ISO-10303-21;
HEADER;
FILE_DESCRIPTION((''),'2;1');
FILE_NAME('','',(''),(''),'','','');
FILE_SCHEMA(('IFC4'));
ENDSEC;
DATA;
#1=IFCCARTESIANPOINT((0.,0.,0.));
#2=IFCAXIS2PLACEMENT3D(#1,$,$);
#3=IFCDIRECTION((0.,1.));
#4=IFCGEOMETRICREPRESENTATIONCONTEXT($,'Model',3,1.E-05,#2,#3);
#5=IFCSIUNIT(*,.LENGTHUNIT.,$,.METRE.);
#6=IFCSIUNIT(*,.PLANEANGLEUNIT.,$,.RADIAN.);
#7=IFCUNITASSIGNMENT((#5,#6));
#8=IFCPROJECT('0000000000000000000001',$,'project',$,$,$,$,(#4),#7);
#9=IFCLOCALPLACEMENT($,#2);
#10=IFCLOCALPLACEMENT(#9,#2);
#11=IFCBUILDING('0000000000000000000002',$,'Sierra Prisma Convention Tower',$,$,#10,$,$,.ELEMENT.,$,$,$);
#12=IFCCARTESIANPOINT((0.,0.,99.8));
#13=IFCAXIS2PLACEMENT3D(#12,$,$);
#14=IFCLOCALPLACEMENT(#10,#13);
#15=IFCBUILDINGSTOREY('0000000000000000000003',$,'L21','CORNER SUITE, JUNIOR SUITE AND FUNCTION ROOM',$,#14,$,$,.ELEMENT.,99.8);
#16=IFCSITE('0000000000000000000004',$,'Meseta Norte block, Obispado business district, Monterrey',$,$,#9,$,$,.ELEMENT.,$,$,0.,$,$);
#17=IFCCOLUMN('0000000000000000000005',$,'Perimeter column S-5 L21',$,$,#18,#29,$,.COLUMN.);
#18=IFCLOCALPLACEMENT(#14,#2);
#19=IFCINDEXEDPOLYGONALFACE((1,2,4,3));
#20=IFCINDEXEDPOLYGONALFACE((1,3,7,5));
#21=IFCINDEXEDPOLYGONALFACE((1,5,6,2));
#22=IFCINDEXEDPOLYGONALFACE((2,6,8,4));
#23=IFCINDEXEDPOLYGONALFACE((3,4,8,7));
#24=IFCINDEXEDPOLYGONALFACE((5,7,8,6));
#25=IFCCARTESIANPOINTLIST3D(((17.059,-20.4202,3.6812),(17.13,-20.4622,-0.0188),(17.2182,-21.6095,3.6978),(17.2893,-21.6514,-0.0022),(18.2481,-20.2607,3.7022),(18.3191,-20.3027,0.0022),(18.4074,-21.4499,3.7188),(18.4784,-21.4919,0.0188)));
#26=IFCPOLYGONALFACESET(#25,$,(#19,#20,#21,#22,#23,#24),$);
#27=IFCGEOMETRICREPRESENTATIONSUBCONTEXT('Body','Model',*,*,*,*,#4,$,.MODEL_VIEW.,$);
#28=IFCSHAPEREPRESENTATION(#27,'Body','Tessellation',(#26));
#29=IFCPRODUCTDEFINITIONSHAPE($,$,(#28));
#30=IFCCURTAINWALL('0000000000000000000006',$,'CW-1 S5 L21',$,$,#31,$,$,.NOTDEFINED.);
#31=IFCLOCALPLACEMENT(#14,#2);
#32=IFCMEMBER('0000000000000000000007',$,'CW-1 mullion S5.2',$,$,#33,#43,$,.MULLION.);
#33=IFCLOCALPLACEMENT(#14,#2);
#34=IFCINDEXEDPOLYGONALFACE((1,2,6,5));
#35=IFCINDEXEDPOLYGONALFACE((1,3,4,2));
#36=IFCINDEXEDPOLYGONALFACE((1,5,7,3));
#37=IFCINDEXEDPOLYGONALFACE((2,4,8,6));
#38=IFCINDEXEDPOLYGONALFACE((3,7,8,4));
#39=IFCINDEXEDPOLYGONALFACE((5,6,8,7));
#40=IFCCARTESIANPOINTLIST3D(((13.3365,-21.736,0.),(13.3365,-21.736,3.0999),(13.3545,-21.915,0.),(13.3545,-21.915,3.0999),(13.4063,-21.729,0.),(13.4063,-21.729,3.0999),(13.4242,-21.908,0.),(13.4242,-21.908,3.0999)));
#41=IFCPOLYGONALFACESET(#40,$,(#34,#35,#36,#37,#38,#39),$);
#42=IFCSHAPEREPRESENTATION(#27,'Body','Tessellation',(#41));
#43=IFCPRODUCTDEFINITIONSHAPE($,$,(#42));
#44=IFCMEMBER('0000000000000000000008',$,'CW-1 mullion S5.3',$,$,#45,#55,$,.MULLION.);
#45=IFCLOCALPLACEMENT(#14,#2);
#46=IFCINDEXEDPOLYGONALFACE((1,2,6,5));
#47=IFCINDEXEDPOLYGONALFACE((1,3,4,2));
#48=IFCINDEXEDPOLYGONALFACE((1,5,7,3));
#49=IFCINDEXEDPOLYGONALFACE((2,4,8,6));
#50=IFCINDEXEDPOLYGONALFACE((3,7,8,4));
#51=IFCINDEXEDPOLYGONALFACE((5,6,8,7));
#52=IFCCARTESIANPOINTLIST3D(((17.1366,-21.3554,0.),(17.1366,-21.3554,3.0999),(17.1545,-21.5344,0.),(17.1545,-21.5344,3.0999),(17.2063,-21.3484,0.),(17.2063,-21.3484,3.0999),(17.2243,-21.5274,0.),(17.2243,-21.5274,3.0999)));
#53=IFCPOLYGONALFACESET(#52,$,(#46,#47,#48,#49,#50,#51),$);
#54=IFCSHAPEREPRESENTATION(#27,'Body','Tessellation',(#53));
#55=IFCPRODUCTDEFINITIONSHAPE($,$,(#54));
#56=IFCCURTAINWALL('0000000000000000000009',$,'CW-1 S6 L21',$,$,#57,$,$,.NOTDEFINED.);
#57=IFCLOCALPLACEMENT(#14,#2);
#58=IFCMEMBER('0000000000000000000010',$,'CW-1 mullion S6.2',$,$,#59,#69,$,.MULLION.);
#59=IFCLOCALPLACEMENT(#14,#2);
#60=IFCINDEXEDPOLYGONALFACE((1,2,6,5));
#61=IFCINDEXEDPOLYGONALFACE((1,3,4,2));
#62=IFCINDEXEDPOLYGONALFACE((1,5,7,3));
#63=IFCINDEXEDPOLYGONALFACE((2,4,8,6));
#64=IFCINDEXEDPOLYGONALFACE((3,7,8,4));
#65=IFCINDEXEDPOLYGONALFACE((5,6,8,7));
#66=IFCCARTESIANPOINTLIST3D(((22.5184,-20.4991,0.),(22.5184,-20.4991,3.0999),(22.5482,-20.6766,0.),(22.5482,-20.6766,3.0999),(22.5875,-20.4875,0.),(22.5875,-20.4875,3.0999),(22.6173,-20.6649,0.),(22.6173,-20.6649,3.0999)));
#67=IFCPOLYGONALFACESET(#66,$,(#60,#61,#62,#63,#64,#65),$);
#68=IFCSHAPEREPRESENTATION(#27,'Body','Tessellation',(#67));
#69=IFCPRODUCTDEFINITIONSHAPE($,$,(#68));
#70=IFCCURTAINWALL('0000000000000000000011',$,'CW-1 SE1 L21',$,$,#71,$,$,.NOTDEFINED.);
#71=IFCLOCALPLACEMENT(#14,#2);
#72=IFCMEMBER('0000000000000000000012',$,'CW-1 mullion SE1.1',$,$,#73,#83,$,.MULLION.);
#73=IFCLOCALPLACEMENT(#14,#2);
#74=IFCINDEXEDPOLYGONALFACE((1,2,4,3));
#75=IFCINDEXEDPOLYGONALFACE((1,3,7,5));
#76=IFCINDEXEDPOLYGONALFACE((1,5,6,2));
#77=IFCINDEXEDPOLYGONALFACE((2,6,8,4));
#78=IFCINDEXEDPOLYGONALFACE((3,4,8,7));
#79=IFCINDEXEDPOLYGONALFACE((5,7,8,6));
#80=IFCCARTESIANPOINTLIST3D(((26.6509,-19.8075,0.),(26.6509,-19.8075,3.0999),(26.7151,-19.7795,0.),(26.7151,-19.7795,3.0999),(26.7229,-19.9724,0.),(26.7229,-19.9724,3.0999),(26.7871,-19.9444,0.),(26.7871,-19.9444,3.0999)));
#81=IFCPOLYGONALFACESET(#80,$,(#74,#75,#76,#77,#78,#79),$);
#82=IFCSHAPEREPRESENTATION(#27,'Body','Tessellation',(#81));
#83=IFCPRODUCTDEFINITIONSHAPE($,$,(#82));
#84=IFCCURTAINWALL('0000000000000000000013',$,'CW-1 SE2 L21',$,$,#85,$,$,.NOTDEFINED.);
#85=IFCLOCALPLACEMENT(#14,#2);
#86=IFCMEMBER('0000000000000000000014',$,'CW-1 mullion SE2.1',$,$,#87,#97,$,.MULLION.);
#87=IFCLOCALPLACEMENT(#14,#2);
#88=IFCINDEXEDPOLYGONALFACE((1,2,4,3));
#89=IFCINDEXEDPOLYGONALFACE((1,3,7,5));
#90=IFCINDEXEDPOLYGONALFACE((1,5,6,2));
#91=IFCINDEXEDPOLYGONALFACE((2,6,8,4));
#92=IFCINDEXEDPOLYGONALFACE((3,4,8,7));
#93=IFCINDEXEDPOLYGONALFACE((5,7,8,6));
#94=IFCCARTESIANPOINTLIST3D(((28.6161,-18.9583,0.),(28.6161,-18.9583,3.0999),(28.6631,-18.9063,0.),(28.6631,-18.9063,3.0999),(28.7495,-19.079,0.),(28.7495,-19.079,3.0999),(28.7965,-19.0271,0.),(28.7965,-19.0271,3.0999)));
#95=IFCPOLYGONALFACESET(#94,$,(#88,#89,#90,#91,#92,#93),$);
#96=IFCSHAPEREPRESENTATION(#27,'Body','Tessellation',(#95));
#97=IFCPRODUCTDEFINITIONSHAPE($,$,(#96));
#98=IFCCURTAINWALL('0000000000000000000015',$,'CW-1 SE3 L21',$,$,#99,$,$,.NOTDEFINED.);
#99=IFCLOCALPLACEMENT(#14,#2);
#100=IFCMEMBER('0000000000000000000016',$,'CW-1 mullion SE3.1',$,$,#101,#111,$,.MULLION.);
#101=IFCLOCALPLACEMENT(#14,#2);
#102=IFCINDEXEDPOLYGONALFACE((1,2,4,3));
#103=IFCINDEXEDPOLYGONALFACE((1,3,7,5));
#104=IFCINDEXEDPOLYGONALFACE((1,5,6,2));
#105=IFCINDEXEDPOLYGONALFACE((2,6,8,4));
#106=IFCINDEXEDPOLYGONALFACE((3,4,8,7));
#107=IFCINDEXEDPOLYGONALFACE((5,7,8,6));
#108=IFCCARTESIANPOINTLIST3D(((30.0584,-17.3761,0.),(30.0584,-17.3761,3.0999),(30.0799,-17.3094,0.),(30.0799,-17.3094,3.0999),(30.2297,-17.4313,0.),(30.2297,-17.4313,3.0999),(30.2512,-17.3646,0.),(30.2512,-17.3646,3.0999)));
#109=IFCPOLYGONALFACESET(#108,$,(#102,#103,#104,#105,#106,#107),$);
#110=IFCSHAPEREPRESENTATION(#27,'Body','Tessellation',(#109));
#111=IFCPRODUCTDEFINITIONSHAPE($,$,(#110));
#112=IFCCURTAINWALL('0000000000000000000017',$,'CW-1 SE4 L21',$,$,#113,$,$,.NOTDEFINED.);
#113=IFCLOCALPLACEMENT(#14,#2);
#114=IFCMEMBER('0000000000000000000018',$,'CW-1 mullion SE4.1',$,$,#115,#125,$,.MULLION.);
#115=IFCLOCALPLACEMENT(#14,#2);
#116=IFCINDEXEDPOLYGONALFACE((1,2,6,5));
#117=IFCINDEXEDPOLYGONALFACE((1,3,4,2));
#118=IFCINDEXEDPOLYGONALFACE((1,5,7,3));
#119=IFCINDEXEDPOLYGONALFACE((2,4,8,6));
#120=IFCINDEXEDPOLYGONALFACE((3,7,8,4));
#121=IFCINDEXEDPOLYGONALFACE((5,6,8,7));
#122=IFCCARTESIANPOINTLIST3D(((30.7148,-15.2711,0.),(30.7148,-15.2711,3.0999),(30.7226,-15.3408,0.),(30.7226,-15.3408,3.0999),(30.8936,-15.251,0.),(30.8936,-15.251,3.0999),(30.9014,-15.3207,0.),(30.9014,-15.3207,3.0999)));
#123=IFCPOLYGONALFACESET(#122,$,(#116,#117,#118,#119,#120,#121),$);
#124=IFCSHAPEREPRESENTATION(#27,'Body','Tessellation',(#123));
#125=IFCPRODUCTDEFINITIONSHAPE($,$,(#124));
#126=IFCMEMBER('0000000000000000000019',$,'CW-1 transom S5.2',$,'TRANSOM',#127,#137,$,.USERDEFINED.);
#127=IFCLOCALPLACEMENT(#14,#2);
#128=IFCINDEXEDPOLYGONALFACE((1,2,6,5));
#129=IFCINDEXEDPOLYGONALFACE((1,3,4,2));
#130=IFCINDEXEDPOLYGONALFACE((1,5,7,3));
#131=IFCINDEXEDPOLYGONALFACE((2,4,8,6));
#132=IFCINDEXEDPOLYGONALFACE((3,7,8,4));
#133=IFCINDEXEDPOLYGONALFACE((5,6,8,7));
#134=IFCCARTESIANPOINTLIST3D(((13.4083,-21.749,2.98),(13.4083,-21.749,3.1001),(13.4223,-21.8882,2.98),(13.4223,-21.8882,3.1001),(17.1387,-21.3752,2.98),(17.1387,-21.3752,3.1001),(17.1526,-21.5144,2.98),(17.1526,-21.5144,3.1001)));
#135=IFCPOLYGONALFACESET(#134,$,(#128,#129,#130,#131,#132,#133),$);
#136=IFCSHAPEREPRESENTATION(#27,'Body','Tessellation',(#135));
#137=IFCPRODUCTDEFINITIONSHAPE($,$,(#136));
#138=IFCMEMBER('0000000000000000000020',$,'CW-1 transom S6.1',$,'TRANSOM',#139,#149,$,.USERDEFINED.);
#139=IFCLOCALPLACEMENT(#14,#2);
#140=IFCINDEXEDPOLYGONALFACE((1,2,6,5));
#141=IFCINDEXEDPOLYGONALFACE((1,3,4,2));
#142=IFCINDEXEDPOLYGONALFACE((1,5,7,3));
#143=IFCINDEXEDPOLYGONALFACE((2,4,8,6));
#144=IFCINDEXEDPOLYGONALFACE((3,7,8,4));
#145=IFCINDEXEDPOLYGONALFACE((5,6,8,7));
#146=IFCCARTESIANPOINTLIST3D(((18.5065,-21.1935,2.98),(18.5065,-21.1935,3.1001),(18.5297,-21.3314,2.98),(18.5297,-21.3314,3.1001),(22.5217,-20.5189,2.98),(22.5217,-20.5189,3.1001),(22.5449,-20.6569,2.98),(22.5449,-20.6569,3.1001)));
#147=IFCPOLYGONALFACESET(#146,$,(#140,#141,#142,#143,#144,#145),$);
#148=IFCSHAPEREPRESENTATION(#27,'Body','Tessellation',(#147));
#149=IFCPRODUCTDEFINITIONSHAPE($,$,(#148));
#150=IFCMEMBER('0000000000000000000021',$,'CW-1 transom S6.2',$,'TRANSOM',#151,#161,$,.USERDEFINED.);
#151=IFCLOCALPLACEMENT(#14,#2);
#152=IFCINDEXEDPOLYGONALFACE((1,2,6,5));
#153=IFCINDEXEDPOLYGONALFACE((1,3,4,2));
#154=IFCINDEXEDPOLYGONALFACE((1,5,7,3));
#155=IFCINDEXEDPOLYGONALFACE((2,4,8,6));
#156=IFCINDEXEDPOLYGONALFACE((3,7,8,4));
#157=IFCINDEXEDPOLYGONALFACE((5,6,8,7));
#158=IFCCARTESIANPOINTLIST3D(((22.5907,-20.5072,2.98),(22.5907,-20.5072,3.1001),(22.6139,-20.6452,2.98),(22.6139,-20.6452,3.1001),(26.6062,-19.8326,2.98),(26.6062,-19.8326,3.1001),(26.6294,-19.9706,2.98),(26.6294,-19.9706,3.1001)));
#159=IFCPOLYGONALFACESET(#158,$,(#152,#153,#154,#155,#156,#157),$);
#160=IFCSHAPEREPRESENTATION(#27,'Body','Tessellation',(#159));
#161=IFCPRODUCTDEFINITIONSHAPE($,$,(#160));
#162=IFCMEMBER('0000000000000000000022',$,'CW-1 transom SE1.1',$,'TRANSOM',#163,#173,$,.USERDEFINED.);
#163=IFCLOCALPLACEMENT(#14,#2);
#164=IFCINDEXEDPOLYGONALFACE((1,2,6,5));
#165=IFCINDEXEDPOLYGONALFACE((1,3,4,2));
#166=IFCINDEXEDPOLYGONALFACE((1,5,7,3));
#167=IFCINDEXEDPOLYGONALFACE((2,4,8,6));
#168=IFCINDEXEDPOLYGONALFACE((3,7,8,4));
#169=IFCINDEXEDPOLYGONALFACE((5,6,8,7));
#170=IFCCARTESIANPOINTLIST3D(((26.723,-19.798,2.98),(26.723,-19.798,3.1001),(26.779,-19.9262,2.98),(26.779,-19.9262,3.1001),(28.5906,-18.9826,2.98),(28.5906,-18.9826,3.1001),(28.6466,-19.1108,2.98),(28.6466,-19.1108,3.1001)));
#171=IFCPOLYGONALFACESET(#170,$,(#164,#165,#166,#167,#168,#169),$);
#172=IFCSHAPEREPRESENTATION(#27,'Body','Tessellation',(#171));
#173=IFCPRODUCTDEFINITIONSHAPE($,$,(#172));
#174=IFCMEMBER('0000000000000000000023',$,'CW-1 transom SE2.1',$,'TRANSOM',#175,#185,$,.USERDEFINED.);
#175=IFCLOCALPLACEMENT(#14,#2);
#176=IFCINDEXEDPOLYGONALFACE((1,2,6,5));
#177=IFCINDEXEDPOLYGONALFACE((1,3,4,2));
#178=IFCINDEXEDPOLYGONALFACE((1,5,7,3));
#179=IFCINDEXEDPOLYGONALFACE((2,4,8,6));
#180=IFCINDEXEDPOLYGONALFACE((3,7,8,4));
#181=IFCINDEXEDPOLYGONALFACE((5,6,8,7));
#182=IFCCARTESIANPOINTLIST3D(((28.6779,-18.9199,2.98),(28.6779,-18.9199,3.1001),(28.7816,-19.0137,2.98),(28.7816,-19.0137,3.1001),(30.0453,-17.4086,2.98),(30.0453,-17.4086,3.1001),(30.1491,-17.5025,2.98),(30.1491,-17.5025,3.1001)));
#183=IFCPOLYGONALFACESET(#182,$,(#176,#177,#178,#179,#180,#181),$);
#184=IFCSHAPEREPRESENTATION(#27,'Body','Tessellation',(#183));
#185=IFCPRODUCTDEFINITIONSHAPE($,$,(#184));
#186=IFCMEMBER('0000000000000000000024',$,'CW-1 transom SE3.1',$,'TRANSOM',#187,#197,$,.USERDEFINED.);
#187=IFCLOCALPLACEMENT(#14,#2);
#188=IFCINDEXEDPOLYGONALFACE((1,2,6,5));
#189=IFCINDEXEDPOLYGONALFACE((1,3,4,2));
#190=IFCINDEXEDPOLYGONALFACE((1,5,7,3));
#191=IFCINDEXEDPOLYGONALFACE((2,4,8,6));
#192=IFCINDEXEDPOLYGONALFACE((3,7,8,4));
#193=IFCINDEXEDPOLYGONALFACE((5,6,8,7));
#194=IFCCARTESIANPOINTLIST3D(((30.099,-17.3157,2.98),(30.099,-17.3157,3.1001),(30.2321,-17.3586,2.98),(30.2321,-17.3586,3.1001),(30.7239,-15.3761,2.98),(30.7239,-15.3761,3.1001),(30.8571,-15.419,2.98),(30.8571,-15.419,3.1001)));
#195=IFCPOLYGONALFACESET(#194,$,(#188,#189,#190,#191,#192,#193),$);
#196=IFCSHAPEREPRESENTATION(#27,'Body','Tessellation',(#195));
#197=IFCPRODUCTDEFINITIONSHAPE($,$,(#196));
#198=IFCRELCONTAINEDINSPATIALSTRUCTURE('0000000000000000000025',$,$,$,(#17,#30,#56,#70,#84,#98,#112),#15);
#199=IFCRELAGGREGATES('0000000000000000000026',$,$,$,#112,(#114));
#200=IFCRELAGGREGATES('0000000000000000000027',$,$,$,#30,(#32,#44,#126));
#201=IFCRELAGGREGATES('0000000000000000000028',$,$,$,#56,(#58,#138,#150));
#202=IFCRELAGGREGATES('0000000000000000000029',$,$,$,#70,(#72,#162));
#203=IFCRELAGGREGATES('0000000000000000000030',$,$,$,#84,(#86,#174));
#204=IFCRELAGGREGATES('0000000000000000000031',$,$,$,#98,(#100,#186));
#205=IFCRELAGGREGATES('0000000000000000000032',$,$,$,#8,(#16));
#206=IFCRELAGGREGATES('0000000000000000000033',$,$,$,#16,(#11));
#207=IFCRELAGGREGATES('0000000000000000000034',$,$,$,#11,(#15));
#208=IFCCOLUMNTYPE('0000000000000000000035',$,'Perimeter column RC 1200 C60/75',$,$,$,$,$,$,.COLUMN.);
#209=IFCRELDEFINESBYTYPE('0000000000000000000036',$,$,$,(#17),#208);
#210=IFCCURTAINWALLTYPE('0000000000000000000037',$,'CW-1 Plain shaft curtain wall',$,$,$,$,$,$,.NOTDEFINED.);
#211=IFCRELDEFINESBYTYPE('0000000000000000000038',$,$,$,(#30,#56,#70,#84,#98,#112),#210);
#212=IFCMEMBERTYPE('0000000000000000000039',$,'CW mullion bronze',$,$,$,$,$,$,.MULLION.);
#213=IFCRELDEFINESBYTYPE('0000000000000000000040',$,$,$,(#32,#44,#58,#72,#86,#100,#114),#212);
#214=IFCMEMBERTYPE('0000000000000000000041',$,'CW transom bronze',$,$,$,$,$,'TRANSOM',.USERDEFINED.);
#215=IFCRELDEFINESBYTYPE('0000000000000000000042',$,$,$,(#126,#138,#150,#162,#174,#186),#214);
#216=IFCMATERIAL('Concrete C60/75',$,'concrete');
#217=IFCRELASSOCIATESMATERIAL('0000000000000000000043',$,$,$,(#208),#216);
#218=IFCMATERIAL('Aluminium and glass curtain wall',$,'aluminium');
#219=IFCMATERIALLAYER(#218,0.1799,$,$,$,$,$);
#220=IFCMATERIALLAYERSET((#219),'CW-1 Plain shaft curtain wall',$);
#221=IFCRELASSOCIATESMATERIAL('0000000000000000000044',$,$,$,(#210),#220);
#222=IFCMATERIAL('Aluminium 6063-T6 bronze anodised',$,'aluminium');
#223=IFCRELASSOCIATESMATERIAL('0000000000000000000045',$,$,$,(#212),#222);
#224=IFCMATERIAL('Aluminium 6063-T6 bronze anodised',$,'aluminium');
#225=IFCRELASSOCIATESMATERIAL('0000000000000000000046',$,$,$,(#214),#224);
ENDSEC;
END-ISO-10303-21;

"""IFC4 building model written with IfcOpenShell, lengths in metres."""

from ifc_helpers import new_model, si_unit, direction, frame, origin, origin_2d, place, context, subcontext, project, spatial, rectangle, extrude, material, layer, layer_set, material_profile, profile_set, type_object, element, aggregate, save


model = new_model("IFC4")

# Units and contexts
model_context = context("Model", 3, precision=1e-05, world=origin(), true_north=direction((0.0, 1.0)))
body_context = subcontext(model_context, "Body", "Model", "MODEL_VIEW")
ifc_project = project(units=[si_unit("LENGTHUNIT", "METRE"), si_unit("PLANEANGLEUNIT", "RADIAN")], contexts=[model_context])

# Site, building, storey
site_placement = place(None, origin())
site = spatial("IfcSite", under=ifc_project, at=site_placement, Name="Meseta Norte block, Obispado business district, Monterrey", CompositionType="ELEMENT", RefElevation=0.0)
building_placement = place(site_placement, origin())
building = spatial("IfcBuilding", under=site, at=building_placement, Name="Sierra Prisma Convention Tower", CompositionType="ELEMENT")
storey_placement = place(building_placement, frame((0.0, 0.0, 99.8)))
storey = spatial("IfcBuildingStorey", under=building, at=storey_placement, Name="L21", Description="CORNER SUITE, JUNIOR SUITE AND FUNCTION ROOM", CompositionType="ELEMENT", Elevation=99.8)

# Column
ifc_material_1 = material(Name="Concrete C60/75", Category="concrete")
ifc_material_profile_1 = material_profile(ifc_material_1, rectangle(XDim=1.2, YDim=1.2, at=origin_2d()), Name="Perimeter column RC 1200 C60/75")
ifc_profile_set_1 = profile_set([ifc_material_profile_1], Name="Concrete C60/75")
column_type = type_object("IfcColumnType", Name="Perimeter column RC 1200 C60/75", PredefinedType="COLUMN", material=ifc_profile_set_1)
column_placement = place(storey_placement, frame((17.8042, -20.9771, 0.0), z_axis=(-0.019197, 0.011347, 0.999751), x_axis=(0.990964, 0.132983, 0.017519)))
element("IfcColumn", 1, at=column_placement, inside=storey, type_object=column_type, Name="Perimeter column S-5 L21", PredefinedType="COLUMN", context=body_context, shape_type="SweptSolid", body=[
    extrude(rectangle(XDim=1.2, YDim=1.2, at=origin_2d()), origin(), (0.0, 0.0, 1.0), 3.7009),
])

# Curtain wall, members
ifc_material_2 = material(Name="Aluminium and glass curtain wall", Category="aluminium")
ifc_layer_1 = layer(ifc_material_2, 0.1799)
ifc_layer_set_1 = layer_set([ifc_layer_1], Name="CW-1 Plain shaft curtain wall")
curtain_wall_type = type_object("IfcCurtainWallType", Name="CW-1 Plain shaft curtain wall", PredefinedType="NOTDEFINED", material=ifc_layer_set_1)
curtain_wall_1_placement = place(storey_placement, origin())
curtain_wall_1 = element("IfcCurtainWall", 2, at=curtain_wall_1_placement, inside=storey, type_object=curtain_wall_type, Name="CW-1 S5 L21", PredefinedType="NOTDEFINED")
ifc_material_3 = material(Name="Aluminium 6063-T6 bronze anodised", Category="aluminium")
ifc_material_profile_2 = material_profile(ifc_material_3, rectangle(XDim=0.1799, YDim=0.0701, at=origin_2d()), Name="ALU MULLION 70x180")
ifc_profile_set_2 = profile_set([ifc_material_profile_2], Name="Aluminium 6063-T6 bronze anodised")
member_type_1 = type_object("IfcMemberType", Name="CW mullion bronze", PredefinedType="MULLION", material=ifc_profile_set_2)
member_1_placement = place(storey_placement, frame((13.3804, -21.822, 0.0), z_axis=(0.0, 0.0, 1.0), x_axis=(-0.099711, 0.995016, 0.0)))
member_1 = element("IfcMember", 3, at=member_1_placement, type_object=member_type_1, Name="CW-1 mullion S5.2", PredefinedType="MULLION", context=body_context, shape_type="SweptSolid", body=[
    extrude(rectangle(XDim=0.1799, YDim=0.0701, at=origin_2d()), origin(), (0.0, 0.0, 1.0), 3.0999),
])
member_2_placement = place(storey_placement, frame((17.1804, -21.4414, 0.0), z_axis=(0.0, 0.0, 1.0), x_axis=(-0.099711, 0.995016, 0.0)))
member_2 = element("IfcMember", 4, at=member_2_placement, type_object=member_type_1, Name="CW-1 mullion S5.3", PredefinedType="MULLION", context=body_context, shape_type="SweptSolid", body=[
    extrude(rectangle(XDim=0.1799, YDim=0.0701, at=origin_2d()), origin(), (0.0, 0.0, 1.0), 3.0999),
])

# Curtain walls, members
curtain_wall_2_placement = place(storey_placement, origin())
curtain_wall_2 = element("IfcCurtainWall", 5, at=curtain_wall_2_placement, inside=storey, type_object=curtain_wall_type, Name="CW-1 S6 L21", PredefinedType="NOTDEFINED")
member_3_placement = place(storey_placement, frame((22.5679, -20.582, 0.0), z_axis=(0.0, 0.0, 1.0), x_axis=(-0.165694, 0.986177, 0.0)))
member_3 = element("IfcMember", 6, at=member_3_placement, type_object=member_type_1, Name="CW-1 mullion S6.2", PredefinedType="MULLION", context=body_context, shape_type="SweptSolid", body=[
    extrude(rectangle(XDim=0.1799, YDim=0.0701, at=origin_2d()), origin(), (0.0, 0.0, 1.0), 3.0999),
])
curtain_wall_3_placement = place(storey_placement, origin())
curtain_wall_3 = element("IfcCurtainWall", 7, at=curtain_wall_3_placement, inside=storey, type_object=curtain_wall_type, Name="CW-1 SE1 L21", PredefinedType="NOTDEFINED")
member_4_placement = place(storey_placement, frame((26.719, -19.876, 0.0), z_axis=(0.0, 0.0, 1.0), x_axis=(-0.40009, 0.916476, 0.0)))
member_4 = element("IfcMember", 8, at=member_4_placement, type_object=member_type_1, Name="CW-1 mullion SE1.1", PredefinedType="MULLION", context=body_context, shape_type="SweptSolid", body=[
    extrude(rectangle(XDim=0.1799, YDim=0.0701, at=origin_2d()), origin(), (0.0, 0.0, 1.0), 3.0999),
])
curtain_wall_4_placement = place(storey_placement, origin())
curtain_wall_4 = element("IfcCurtainWall", 9, at=curtain_wall_4_placement, inside=storey, type_object=curtain_wall_type, Name="CW-1 SE2 L21", PredefinedType="NOTDEFINED")
member_5_placement = place(storey_placement, frame((28.7063, -18.9927, 0.0), z_axis=(0.0, 0.0, 1.0), x_axis=(-0.741522, 0.670928, 0.0)))
member_5 = element("IfcMember", 10, at=member_5_placement, type_object=member_type_1, Name="CW-1 mullion SE2.1", PredefinedType="MULLION", context=body_context, shape_type="SweptSolid", body=[
    extrude(rectangle(XDim=0.1799, YDim=0.0701, at=origin_2d()), origin(), (0.0, 0.0, 1.0), 3.0999),
])
curtain_wall_5_placement = place(storey_placement, origin())
curtain_wall_5 = element("IfcCurtainWall", 11, at=curtain_wall_5_placement, inside=storey, type_object=curtain_wall_type, Name="CW-1 SE3 L21", PredefinedType="NOTDEFINED")
member_6_placement = place(storey_placement, frame((30.1548, -17.3704, 0.0), z_axis=(0.0, 0.0, 1.0), x_axis=(-0.951802, 0.306713, 0.0)))
member_6 = element("IfcMember", 12, at=member_6_placement, type_object=member_type_1, Name="CW-1 mullion SE3.1", PredefinedType="MULLION", context=body_context, shape_type="SweptSolid", body=[
    extrude(rectangle(XDim=0.1799, YDim=0.0701, at=origin_2d()), origin(), (0.0, 0.0, 1.0), 3.0999),
])
curtain_wall_6_placement = place(storey_placement, origin())
curtain_wall_6 = element("IfcCurtainWall", 13, at=curtain_wall_6_placement, inside=storey, type_object=curtain_wall_type, Name="CW-1 SE4 L21", PredefinedType="NOTDEFINED")
member_7_placement = place(storey_placement, frame((30.8081, -15.2959, 0.0), z_axis=(0.0, 0.0, 1.0), x_axis=(-0.993736, -0.11175, 0.0)))
member_7 = element("IfcMember", 14, at=member_7_placement, type_object=member_type_1, Name="CW-1 mullion SE4.1", PredefinedType="MULLION", context=body_context, shape_type="SweptSolid", body=[
    extrude(rectangle(XDim=0.1799, YDim=0.0701, at=origin_2d()), origin(), (0.0, 0.0, 1.0), 3.0999),
])

# Members
ifc_material_4 = material(Name="Aluminium 6063-T6 bronze anodised", Category="aluminium")
ifc_material_profile_3 = material_profile(ifc_material_4, rectangle(XDim=0.1399, YDim=0.1201, at=origin_2d()), Name="ALU TRANSOM 120x140")
ifc_profile_set_3 = profile_set([ifc_material_profile_3], Name="Aluminium 6063-T6 bronze anodised")
member_type_2 = type_object("IfcMemberType", Name="CW transom bronze", ElementType="TRANSOM", PredefinedType="USERDEFINED", material=ifc_profile_set_3)
member_8_placement = place(storey_placement, frame((13.4153, -21.8186, 3.04), z_axis=(0.995017, 0.099704, 0.0), x_axis=(-0.099704, 0.995017, 0.0)))
member_8 = element("IfcMember", 15, at=member_8_placement, type_object=member_type_2, Name="CW-1 transom S5.2", ObjectType="TRANSOM", PredefinedType="USERDEFINED", context=body_context, shape_type="SweptSolid", body=[
    extrude(rectangle(XDim=0.1399, YDim=0.1201, at=origin_2d()), origin(), (0.0, 0.0, 1.0), 3.749),
])
member_9_placement = place(storey_placement, frame((18.5181, -21.2625, 3.04), z_axis=(0.986181, 0.165673, 0.0), x_axis=(-0.165673, 0.986181, 0.0)))
member_9 = element("IfcMember", 16, at=member_9_placement, type_object=member_type_2, Name="CW-1 transom S6.1", ObjectType="TRANSOM", PredefinedType="USERDEFINED", context=body_context, shape_type="SweptSolid", body=[
    extrude(rectangle(XDim=0.1399, YDim=0.1201, at=origin_2d()), origin(), (0.0, 0.0, 1.0), 4.0715),
])
member_10_placement = place(storey_placement, frame((22.6023, -20.5762, 3.04), z_axis=(0.986182, 0.165663, 0.0), x_axis=(-0.165663, 0.986182, 0.0)))
member_10 = element("IfcMember", 17, at=member_10_placement, type_object=member_type_2, Name="CW-1 transom S6.2", ObjectType="TRANSOM", PredefinedType="USERDEFINED", context=body_context, shape_type="SweptSolid", body=[
    extrude(rectangle(XDim=0.1399, YDim=0.1201, at=origin_2d()), origin(), (0.0, 0.0, 1.0), 4.0718),
])
member_11_placement = place(storey_placement, frame((26.751, -19.8621, 3.04), z_axis=(0.91646, 0.400127, 0.0), x_axis=(-0.400127, 0.91646, 0.0)))
member_11 = element("IfcMember", 18, at=member_11_placement, type_object=member_type_2, Name="CW-1 transom SE1.1", ObjectType="TRANSOM", PredefinedType="USERDEFINED", context=body_context, shape_type="SweptSolid", body=[
    extrude(rectangle(XDim=0.1399, YDim=0.1201, at=origin_2d()), origin(), (0.0, 0.0, 1.0), 2.0378),
])
member_12_placement = place(storey_placement, frame((28.7297, -18.9668, 3.04), z_axis=(0.670948, 0.741505, 0.0), x_axis=(-0.741505, 0.670948, 0.0)))
member_12 = element("IfcMember", 19, at=member_12_placement, type_object=member_type_2, Name="CW-1 transom SE2.1", ObjectType="TRANSOM", PredefinedType="USERDEFINED", context=body_context, shape_type="SweptSolid", body=[
    extrude(rectangle(XDim=0.1399, YDim=0.1201, at=origin_2d()), origin(), (0.0, 0.0, 1.0), 2.0381),
])
member_13_placement = place(storey_placement, frame((30.1655, -17.3372, 3.04), z_axis=(0.306688, 0.95181, 0.0), x_axis=(-0.95181, 0.306688, 0.0)))
member_13 = element("IfcMember", 20, at=member_13_placement, type_object=member_type_2, Name="CW-1 transom SE3.1", ObjectType="TRANSOM", PredefinedType="USERDEFINED", context=body_context, shape_type="SweptSolid", body=[
    extrude(rectangle(XDim=0.1399, YDim=0.1201, at=origin_2d()), origin(), (0.0, 0.0, 1.0), 2.0378),
])
aggregate(curtain_wall_6, [member_7])

aggregate(curtain_wall_1, [member_1, member_2, member_8])
aggregate(curtain_wall_2, [member_3, member_9, member_10])
aggregate(curtain_wall_3, [member_4, member_11])
aggregate(curtain_wall_4, [member_5, member_12])
aggregate(curtain_wall_5, [member_6, member_13])

save(model, "model.ifc")
